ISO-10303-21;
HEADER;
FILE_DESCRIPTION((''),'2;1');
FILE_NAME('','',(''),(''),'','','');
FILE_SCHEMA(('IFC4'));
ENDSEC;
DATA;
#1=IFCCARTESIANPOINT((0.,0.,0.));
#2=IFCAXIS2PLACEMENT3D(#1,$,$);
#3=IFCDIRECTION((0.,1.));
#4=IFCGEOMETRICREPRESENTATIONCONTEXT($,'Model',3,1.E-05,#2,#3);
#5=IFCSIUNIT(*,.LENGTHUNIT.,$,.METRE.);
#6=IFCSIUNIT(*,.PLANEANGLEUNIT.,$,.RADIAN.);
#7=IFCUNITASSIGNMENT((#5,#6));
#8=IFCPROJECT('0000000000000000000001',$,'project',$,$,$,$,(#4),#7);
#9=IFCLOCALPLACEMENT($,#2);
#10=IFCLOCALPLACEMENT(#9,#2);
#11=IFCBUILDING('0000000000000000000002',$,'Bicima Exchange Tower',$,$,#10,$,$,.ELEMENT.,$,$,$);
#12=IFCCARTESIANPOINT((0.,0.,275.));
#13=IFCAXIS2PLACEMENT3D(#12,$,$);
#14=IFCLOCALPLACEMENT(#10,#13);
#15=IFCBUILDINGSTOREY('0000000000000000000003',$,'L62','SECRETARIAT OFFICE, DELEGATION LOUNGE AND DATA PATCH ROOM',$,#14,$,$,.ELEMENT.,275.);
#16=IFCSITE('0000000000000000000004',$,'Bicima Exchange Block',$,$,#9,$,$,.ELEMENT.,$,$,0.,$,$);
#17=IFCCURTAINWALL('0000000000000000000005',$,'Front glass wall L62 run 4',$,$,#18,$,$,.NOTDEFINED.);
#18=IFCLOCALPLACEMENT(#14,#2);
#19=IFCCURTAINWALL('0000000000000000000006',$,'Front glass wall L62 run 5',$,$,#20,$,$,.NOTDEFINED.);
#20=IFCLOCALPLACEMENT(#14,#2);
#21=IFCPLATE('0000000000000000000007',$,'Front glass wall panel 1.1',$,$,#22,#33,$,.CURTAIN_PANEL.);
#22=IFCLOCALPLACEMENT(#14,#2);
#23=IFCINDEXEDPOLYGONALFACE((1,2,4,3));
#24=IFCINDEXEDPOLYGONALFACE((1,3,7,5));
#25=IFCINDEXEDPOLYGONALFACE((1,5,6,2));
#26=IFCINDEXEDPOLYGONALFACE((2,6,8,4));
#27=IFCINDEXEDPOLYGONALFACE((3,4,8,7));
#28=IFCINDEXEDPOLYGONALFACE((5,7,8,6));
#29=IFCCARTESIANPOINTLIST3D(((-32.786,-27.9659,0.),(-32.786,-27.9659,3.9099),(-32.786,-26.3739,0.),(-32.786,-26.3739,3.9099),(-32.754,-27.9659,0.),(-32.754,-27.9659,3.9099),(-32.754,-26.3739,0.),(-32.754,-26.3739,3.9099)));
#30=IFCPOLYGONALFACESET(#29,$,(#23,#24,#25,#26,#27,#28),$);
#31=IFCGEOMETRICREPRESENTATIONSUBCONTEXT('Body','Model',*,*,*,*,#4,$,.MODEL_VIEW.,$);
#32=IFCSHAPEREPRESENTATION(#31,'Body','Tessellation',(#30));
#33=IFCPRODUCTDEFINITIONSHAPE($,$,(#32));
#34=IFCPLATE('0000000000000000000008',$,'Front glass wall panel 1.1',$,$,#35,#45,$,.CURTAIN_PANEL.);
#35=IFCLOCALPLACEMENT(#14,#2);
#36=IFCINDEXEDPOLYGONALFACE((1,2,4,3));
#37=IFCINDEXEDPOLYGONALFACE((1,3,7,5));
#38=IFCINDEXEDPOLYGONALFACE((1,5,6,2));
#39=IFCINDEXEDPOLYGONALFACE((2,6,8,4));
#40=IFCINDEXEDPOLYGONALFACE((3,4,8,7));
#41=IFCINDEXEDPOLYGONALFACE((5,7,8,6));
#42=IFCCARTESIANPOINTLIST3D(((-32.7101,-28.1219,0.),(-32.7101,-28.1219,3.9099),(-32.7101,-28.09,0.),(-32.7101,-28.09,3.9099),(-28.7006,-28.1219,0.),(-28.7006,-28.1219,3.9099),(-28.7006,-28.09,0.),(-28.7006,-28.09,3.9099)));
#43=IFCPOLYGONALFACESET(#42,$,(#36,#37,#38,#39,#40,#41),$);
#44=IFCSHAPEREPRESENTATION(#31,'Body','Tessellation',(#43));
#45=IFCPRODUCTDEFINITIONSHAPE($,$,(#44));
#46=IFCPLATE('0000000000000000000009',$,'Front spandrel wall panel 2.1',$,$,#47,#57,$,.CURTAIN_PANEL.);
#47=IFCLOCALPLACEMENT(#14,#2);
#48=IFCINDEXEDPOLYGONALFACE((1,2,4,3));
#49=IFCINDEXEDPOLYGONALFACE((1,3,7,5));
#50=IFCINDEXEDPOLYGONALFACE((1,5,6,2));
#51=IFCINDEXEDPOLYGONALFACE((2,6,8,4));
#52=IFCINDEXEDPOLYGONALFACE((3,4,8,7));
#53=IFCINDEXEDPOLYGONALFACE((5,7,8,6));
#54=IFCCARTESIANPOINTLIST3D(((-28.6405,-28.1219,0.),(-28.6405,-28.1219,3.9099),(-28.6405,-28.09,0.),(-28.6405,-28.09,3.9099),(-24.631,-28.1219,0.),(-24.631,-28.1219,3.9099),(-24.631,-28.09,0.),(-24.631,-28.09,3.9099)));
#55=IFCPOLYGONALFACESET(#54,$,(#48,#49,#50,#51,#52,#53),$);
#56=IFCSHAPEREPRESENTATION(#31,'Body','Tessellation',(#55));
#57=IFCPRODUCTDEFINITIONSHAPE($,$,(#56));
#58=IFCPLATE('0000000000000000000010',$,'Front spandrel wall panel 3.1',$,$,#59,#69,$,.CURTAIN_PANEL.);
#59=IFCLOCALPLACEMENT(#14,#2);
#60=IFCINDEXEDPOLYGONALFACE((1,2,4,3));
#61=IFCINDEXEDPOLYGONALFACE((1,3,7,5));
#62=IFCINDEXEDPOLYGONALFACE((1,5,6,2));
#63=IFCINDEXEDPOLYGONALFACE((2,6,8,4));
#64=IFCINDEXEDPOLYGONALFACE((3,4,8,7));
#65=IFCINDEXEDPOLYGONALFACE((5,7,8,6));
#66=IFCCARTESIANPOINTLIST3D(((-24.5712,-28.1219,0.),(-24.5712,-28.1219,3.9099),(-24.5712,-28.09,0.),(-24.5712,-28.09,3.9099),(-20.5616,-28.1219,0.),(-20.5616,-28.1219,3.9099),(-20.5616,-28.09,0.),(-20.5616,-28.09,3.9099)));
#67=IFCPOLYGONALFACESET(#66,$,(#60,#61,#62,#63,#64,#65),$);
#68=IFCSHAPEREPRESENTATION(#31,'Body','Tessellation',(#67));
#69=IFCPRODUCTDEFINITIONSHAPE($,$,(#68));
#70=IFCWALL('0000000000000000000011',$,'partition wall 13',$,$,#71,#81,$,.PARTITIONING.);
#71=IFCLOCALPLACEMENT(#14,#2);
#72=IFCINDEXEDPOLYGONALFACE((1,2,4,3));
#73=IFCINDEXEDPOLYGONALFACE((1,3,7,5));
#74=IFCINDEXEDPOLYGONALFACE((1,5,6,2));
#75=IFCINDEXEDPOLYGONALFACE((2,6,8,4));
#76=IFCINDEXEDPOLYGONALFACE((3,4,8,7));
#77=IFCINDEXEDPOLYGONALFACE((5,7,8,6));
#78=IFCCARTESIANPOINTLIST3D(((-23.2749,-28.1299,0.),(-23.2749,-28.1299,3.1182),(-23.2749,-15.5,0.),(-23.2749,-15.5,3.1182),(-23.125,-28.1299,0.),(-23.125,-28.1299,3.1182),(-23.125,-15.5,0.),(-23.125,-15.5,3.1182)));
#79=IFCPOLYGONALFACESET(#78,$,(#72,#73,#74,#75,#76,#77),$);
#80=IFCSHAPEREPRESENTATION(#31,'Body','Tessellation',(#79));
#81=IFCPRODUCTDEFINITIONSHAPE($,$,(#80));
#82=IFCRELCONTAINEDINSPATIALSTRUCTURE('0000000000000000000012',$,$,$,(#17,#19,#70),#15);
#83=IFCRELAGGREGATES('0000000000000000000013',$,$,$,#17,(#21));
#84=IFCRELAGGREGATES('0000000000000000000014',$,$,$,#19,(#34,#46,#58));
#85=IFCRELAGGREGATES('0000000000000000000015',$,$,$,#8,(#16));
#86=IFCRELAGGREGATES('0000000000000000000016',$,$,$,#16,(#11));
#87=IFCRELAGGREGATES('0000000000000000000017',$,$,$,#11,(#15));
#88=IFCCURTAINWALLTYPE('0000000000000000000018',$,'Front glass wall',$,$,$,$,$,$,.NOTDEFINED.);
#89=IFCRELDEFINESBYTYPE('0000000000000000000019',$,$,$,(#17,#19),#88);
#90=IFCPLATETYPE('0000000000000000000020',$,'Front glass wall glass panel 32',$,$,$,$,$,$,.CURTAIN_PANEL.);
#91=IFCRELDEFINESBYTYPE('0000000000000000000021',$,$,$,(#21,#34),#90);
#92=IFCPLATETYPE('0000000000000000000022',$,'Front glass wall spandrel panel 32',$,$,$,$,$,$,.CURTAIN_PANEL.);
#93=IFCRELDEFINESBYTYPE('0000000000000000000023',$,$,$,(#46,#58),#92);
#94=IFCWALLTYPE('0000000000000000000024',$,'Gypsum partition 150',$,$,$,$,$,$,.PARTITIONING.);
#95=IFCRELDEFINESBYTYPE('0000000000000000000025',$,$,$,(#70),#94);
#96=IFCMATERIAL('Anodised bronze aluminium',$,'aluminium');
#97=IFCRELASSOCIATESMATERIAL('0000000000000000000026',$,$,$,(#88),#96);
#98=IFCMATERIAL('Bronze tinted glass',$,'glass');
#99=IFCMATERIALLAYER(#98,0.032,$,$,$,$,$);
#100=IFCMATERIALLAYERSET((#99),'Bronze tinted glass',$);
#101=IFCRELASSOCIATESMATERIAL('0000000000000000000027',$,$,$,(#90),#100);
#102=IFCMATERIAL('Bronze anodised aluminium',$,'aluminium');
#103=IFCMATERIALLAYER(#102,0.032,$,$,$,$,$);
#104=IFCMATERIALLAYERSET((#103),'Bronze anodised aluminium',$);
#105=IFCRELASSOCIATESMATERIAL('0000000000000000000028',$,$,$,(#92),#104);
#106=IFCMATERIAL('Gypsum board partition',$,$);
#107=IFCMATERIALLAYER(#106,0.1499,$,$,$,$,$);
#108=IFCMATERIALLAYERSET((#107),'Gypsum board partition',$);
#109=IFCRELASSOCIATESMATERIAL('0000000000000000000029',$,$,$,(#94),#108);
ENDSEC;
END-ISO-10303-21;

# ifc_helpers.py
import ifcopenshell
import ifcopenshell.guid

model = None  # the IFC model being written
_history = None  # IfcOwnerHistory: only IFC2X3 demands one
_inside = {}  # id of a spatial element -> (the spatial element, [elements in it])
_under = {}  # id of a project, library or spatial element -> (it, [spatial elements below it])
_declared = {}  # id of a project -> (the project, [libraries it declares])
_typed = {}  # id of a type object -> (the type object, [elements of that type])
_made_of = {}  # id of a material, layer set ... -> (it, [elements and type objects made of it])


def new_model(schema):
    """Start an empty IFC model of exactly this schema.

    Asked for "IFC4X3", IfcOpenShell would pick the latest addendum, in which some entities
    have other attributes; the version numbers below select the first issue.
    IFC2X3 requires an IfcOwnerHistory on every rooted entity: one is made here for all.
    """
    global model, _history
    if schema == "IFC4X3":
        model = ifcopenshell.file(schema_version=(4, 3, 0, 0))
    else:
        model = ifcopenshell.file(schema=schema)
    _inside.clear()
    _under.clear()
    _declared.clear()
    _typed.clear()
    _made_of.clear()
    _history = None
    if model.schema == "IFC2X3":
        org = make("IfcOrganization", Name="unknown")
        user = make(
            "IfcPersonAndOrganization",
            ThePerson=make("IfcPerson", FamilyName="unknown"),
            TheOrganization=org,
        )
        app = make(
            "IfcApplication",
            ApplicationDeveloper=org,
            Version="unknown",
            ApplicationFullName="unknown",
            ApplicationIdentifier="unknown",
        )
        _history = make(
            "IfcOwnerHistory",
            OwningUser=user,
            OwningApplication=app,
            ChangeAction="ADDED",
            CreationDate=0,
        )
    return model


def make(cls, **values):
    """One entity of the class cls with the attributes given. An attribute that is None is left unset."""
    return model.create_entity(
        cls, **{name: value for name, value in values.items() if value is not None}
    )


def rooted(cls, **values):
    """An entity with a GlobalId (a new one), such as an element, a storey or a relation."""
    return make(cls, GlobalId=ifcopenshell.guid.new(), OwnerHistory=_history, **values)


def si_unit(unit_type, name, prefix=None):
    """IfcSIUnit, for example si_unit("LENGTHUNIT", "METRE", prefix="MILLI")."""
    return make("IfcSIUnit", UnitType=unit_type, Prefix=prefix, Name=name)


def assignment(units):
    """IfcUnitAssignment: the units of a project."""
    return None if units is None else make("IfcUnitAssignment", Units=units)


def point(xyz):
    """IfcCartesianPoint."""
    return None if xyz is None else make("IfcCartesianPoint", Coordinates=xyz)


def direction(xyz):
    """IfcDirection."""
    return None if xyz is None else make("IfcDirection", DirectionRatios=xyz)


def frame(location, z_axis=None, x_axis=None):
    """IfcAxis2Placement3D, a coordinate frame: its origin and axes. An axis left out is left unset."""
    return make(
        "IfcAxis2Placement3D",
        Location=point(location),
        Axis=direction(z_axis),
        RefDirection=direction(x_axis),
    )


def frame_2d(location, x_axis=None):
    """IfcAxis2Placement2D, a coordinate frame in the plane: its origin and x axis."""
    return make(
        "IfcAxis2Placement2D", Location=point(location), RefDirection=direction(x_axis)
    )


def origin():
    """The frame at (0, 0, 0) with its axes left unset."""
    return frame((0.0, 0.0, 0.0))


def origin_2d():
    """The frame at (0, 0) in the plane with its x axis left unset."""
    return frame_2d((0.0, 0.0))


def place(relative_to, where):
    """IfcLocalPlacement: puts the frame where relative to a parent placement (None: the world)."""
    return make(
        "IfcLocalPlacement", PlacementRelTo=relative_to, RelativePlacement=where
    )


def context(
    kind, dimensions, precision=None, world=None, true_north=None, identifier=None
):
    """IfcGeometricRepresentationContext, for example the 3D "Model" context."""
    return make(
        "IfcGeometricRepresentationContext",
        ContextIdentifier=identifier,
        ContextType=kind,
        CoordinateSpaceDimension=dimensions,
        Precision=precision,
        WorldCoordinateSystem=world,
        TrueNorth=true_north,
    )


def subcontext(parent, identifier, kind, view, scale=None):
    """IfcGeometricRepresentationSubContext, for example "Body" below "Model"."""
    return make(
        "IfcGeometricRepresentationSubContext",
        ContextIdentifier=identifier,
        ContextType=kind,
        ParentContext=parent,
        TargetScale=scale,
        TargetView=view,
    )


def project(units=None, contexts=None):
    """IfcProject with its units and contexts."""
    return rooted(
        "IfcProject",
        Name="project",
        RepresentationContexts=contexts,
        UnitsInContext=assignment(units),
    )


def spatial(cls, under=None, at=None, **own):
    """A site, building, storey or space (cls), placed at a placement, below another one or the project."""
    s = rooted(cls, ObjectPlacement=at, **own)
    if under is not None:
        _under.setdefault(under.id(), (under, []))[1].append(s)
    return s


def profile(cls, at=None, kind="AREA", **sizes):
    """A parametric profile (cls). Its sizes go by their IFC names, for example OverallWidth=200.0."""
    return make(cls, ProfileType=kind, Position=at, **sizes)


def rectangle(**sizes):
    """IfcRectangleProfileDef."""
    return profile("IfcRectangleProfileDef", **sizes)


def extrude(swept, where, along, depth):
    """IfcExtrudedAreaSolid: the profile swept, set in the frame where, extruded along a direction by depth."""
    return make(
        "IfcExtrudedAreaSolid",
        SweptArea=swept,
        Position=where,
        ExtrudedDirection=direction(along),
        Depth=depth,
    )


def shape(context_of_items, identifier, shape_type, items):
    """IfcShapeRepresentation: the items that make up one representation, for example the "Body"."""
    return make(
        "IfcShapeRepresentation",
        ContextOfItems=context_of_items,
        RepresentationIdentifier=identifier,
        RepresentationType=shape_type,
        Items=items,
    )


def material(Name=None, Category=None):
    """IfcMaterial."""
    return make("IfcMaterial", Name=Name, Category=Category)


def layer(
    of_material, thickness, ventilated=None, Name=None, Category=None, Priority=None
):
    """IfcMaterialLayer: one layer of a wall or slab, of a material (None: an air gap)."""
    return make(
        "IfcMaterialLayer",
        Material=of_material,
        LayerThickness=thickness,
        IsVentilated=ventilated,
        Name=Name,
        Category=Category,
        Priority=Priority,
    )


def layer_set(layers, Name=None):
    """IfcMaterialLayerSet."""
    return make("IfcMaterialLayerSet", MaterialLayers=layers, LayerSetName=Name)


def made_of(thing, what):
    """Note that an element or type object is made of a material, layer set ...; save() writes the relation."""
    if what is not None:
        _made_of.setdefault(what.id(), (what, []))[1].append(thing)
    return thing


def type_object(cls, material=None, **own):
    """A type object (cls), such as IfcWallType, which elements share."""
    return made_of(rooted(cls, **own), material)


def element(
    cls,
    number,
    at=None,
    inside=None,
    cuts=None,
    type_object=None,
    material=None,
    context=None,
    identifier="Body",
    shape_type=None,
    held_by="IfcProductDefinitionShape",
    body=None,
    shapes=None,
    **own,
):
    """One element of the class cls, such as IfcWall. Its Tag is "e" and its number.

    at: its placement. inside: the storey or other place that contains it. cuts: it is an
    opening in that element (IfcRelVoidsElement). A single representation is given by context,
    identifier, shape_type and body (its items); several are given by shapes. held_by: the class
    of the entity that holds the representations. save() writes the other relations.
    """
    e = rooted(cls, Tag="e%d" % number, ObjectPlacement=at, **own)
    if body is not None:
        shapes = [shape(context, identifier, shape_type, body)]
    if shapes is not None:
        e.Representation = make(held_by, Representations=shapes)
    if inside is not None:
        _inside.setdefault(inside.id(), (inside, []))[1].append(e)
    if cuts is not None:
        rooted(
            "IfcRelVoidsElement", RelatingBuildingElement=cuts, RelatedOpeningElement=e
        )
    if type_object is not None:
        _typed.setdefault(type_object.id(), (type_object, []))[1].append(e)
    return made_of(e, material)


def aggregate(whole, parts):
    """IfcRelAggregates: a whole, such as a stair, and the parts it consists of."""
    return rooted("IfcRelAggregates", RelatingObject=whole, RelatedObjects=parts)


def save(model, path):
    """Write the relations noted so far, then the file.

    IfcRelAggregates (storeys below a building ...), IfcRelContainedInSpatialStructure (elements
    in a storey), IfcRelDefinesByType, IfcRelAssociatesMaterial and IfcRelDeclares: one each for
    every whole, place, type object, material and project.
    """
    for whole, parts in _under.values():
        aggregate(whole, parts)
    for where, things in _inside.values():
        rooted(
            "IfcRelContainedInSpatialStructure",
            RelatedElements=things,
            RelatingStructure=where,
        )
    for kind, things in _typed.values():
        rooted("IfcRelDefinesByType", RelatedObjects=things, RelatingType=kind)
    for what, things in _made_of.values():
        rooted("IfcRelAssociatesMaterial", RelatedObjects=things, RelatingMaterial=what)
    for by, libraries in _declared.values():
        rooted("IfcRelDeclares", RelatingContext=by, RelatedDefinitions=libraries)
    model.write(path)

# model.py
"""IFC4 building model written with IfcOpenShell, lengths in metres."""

from ifc_helpers import new_model, si_unit, direction, frame, frame_2d, origin, origin_2d, place, context, subcontext, project, spatial, rectangle, extrude, material, layer, layer_set, type_object, element, aggregate, save


model = new_model("IFC4")

# Units and contexts
model_context = context("Model", 3, precision=1e-05, world=origin(), true_north=direction((0.0, 1.0)))
body_context = subcontext(model_context, "Body", "Model", "MODEL_VIEW")
ifc_project = project(units=[si_unit("LENGTHUNIT", "METRE"), si_unit("PLANEANGLEUNIT", "RADIAN")], contexts=[model_context])

# Site, building, storey
site_placement = place(None, origin())
site = spatial("IfcSite", under=ifc_project, at=site_placement, Name="Bicima Exchange Block", CompositionType="ELEMENT", RefElevation=0.0)
building_placement = place(site_placement, origin())
building = spatial("IfcBuilding", under=site, at=building_placement, Name="Bicima Exchange Tower", CompositionType="ELEMENT")
storey_placement = place(building_placement, frame((0.0, 0.0, 275.0)))
storey = spatial("IfcBuildingStorey", under=building, at=storey_placement, Name="L62", Description="SECRETARIAT OFFICE, DELEGATION LOUNGE AND DATA PATCH ROOM", CompositionType="ELEMENT", Elevation=275.0)

# Curtain walls
ifc_material_1 = material(Name="Anodised bronze aluminium", Category="aluminium")
curtain_wall_type = type_object("IfcCurtainWallType", Name="Front glass wall", PredefinedType="NOTDEFINED", material=ifc_material_1)
curtain_wall_1_placement = place(storey_placement, origin())
curtain_wall_1 = element("IfcCurtainWall", 1, at=curtain_wall_1_placement, inside=storey, type_object=curtain_wall_type, Name="Front glass wall L62 run 4", PredefinedType="NOTDEFINED")
curtain_wall_2_placement = place(storey_placement, origin())
curtain_wall_2 = element("IfcCurtainWall", 2, at=curtain_wall_2_placement, inside=storey, type_object=curtain_wall_type, Name="Front glass wall L62 run 5", PredefinedType="NOTDEFINED")

# Plates
ifc_material_2 = material(Name="Bronze tinted glass", Category="glass")
ifc_layer_1 = layer(ifc_material_2, 0.032)
ifc_layer_set_1 = layer_set([ifc_layer_1], Name="Bronze tinted glass")
plate_type_1 = type_object("IfcPlateType", Name="Front glass wall glass panel 32", PredefinedType="CURTAIN_PANEL", material=ifc_layer_set_1)
plate_1_placement = place(storey_placement, frame((-32.77, -27.1699, 0.0), z_axis=(0.0, 0.0, 1.0), x_axis=(0.0, -1.0, 0.0)))
plate_1 = element("IfcPlate", 3, at=plate_1_placement, type_object=plate_type_1, Name="Front glass wall panel 1.1", PredefinedType="CURTAIN_PANEL", context=body_context, shape_type="SweptSolid", body=[
    extrude(rectangle(XDim=1.592, YDim=0.032, at=origin_2d()), origin(), (0.0, 0.0, 1.0), 3.9099),
])
aggregate(curtain_wall_1, [plate_1])
plate_2_placement = place(storey_placement, frame((-30.7053, -28.106, 0.0), z_axis=(0.0, 0.0, 1.0), x_axis=(1.0, 0.0, 0.0)))
plate_2 = element("IfcPlate", 4, at=plate_2_placement, type_object=plate_type_1, Name="Front glass wall panel 1.1", PredefinedType="CURTAIN_PANEL", context=body_context, shape_type="SweptSolid", body=[
    extrude(rectangle(XDim=4.0095, YDim=0.032, at=origin_2d()), origin(), (0.0, 0.0, 1.0), 3.9099),
])
ifc_material_3 = material(Name="Bronze anodised aluminium", Category="aluminium")
ifc_layer_2 = layer(ifc_material_3, 0.032)
ifc_layer_set_2 = layer_set([ifc_layer_2], Name="Bronze anodised aluminium")
plate_type_2 = type_object("IfcPlateType", Name="Front glass wall spandrel panel 32", PredefinedType="CURTAIN_PANEL", material=ifc_layer_set_2)
plate_3_placement = place(storey_placement, frame((-26.6357, -28.106, 0.0), z_axis=(0.0, 0.0, 1.0), x_axis=(1.0, 0.0, 0.0)))
plate_3 = element("IfcPlate", 5, at=plate_3_placement, type_object=plate_type_2, Name="Front spandrel wall panel 2.1", PredefinedType="CURTAIN_PANEL", context=body_context, shape_type="SweptSolid", body=[
    extrude(rectangle(XDim=4.0095, YDim=0.032, at=origin_2d()), origin(), (0.0, 0.0, 1.0), 3.9099),
])
plate_4_placement = place(storey_placement, frame((-22.5664, -28.106, 0.0), z_axis=(0.0, 0.0, 1.0), x_axis=(1.0, 0.0, 0.0)))
plate_4 = element("IfcPlate", 6, at=plate_4_placement, type_object=plate_type_2, Name="Front spandrel wall panel 3.1", PredefinedType="CURTAIN_PANEL", context=body_context, shape_type="SweptSolid", body=[
    extrude(rectangle(XDim=4.0095, YDim=0.032, at=origin_2d()), origin(), (0.0, 0.0, 1.0), 3.9099),
])
aggregate(curtain_wall_2, [plate_2, plate_3, plate_4])

# Wall
ifc_material_4 = material(Name="Gypsum board partition")
ifc_layer_3 = layer(ifc_material_4, 0.1499)
ifc_layer_set_3 = layer_set([ifc_layer_3], Name="Gypsum board partition")
wall_type = type_object("IfcWallType", Name="Gypsum partition 150", PredefinedType="PARTITIONING", material=ifc_layer_set_3)
wall_placement = place(storey_placement, frame((-23.2, -28.1299, 0.0), z_axis=(0.0, 0.0, 1.0), x_axis=(0.0, 1.0, 0.0)))
element("IfcWall", 7, at=wall_placement, inside=storey, type_object=wall_type, Name="partition wall 13", PredefinedType="PARTITIONING", context=body_context, shape_type="SweptSolid", body=[
    extrude(rectangle(XDim=12.6299, YDim=0.1499, at=frame_2d((6.3149, 0.0))), origin(), (0.0, 0.0, 1.0), 3.1182),
])

save(model, "model.ifc")
